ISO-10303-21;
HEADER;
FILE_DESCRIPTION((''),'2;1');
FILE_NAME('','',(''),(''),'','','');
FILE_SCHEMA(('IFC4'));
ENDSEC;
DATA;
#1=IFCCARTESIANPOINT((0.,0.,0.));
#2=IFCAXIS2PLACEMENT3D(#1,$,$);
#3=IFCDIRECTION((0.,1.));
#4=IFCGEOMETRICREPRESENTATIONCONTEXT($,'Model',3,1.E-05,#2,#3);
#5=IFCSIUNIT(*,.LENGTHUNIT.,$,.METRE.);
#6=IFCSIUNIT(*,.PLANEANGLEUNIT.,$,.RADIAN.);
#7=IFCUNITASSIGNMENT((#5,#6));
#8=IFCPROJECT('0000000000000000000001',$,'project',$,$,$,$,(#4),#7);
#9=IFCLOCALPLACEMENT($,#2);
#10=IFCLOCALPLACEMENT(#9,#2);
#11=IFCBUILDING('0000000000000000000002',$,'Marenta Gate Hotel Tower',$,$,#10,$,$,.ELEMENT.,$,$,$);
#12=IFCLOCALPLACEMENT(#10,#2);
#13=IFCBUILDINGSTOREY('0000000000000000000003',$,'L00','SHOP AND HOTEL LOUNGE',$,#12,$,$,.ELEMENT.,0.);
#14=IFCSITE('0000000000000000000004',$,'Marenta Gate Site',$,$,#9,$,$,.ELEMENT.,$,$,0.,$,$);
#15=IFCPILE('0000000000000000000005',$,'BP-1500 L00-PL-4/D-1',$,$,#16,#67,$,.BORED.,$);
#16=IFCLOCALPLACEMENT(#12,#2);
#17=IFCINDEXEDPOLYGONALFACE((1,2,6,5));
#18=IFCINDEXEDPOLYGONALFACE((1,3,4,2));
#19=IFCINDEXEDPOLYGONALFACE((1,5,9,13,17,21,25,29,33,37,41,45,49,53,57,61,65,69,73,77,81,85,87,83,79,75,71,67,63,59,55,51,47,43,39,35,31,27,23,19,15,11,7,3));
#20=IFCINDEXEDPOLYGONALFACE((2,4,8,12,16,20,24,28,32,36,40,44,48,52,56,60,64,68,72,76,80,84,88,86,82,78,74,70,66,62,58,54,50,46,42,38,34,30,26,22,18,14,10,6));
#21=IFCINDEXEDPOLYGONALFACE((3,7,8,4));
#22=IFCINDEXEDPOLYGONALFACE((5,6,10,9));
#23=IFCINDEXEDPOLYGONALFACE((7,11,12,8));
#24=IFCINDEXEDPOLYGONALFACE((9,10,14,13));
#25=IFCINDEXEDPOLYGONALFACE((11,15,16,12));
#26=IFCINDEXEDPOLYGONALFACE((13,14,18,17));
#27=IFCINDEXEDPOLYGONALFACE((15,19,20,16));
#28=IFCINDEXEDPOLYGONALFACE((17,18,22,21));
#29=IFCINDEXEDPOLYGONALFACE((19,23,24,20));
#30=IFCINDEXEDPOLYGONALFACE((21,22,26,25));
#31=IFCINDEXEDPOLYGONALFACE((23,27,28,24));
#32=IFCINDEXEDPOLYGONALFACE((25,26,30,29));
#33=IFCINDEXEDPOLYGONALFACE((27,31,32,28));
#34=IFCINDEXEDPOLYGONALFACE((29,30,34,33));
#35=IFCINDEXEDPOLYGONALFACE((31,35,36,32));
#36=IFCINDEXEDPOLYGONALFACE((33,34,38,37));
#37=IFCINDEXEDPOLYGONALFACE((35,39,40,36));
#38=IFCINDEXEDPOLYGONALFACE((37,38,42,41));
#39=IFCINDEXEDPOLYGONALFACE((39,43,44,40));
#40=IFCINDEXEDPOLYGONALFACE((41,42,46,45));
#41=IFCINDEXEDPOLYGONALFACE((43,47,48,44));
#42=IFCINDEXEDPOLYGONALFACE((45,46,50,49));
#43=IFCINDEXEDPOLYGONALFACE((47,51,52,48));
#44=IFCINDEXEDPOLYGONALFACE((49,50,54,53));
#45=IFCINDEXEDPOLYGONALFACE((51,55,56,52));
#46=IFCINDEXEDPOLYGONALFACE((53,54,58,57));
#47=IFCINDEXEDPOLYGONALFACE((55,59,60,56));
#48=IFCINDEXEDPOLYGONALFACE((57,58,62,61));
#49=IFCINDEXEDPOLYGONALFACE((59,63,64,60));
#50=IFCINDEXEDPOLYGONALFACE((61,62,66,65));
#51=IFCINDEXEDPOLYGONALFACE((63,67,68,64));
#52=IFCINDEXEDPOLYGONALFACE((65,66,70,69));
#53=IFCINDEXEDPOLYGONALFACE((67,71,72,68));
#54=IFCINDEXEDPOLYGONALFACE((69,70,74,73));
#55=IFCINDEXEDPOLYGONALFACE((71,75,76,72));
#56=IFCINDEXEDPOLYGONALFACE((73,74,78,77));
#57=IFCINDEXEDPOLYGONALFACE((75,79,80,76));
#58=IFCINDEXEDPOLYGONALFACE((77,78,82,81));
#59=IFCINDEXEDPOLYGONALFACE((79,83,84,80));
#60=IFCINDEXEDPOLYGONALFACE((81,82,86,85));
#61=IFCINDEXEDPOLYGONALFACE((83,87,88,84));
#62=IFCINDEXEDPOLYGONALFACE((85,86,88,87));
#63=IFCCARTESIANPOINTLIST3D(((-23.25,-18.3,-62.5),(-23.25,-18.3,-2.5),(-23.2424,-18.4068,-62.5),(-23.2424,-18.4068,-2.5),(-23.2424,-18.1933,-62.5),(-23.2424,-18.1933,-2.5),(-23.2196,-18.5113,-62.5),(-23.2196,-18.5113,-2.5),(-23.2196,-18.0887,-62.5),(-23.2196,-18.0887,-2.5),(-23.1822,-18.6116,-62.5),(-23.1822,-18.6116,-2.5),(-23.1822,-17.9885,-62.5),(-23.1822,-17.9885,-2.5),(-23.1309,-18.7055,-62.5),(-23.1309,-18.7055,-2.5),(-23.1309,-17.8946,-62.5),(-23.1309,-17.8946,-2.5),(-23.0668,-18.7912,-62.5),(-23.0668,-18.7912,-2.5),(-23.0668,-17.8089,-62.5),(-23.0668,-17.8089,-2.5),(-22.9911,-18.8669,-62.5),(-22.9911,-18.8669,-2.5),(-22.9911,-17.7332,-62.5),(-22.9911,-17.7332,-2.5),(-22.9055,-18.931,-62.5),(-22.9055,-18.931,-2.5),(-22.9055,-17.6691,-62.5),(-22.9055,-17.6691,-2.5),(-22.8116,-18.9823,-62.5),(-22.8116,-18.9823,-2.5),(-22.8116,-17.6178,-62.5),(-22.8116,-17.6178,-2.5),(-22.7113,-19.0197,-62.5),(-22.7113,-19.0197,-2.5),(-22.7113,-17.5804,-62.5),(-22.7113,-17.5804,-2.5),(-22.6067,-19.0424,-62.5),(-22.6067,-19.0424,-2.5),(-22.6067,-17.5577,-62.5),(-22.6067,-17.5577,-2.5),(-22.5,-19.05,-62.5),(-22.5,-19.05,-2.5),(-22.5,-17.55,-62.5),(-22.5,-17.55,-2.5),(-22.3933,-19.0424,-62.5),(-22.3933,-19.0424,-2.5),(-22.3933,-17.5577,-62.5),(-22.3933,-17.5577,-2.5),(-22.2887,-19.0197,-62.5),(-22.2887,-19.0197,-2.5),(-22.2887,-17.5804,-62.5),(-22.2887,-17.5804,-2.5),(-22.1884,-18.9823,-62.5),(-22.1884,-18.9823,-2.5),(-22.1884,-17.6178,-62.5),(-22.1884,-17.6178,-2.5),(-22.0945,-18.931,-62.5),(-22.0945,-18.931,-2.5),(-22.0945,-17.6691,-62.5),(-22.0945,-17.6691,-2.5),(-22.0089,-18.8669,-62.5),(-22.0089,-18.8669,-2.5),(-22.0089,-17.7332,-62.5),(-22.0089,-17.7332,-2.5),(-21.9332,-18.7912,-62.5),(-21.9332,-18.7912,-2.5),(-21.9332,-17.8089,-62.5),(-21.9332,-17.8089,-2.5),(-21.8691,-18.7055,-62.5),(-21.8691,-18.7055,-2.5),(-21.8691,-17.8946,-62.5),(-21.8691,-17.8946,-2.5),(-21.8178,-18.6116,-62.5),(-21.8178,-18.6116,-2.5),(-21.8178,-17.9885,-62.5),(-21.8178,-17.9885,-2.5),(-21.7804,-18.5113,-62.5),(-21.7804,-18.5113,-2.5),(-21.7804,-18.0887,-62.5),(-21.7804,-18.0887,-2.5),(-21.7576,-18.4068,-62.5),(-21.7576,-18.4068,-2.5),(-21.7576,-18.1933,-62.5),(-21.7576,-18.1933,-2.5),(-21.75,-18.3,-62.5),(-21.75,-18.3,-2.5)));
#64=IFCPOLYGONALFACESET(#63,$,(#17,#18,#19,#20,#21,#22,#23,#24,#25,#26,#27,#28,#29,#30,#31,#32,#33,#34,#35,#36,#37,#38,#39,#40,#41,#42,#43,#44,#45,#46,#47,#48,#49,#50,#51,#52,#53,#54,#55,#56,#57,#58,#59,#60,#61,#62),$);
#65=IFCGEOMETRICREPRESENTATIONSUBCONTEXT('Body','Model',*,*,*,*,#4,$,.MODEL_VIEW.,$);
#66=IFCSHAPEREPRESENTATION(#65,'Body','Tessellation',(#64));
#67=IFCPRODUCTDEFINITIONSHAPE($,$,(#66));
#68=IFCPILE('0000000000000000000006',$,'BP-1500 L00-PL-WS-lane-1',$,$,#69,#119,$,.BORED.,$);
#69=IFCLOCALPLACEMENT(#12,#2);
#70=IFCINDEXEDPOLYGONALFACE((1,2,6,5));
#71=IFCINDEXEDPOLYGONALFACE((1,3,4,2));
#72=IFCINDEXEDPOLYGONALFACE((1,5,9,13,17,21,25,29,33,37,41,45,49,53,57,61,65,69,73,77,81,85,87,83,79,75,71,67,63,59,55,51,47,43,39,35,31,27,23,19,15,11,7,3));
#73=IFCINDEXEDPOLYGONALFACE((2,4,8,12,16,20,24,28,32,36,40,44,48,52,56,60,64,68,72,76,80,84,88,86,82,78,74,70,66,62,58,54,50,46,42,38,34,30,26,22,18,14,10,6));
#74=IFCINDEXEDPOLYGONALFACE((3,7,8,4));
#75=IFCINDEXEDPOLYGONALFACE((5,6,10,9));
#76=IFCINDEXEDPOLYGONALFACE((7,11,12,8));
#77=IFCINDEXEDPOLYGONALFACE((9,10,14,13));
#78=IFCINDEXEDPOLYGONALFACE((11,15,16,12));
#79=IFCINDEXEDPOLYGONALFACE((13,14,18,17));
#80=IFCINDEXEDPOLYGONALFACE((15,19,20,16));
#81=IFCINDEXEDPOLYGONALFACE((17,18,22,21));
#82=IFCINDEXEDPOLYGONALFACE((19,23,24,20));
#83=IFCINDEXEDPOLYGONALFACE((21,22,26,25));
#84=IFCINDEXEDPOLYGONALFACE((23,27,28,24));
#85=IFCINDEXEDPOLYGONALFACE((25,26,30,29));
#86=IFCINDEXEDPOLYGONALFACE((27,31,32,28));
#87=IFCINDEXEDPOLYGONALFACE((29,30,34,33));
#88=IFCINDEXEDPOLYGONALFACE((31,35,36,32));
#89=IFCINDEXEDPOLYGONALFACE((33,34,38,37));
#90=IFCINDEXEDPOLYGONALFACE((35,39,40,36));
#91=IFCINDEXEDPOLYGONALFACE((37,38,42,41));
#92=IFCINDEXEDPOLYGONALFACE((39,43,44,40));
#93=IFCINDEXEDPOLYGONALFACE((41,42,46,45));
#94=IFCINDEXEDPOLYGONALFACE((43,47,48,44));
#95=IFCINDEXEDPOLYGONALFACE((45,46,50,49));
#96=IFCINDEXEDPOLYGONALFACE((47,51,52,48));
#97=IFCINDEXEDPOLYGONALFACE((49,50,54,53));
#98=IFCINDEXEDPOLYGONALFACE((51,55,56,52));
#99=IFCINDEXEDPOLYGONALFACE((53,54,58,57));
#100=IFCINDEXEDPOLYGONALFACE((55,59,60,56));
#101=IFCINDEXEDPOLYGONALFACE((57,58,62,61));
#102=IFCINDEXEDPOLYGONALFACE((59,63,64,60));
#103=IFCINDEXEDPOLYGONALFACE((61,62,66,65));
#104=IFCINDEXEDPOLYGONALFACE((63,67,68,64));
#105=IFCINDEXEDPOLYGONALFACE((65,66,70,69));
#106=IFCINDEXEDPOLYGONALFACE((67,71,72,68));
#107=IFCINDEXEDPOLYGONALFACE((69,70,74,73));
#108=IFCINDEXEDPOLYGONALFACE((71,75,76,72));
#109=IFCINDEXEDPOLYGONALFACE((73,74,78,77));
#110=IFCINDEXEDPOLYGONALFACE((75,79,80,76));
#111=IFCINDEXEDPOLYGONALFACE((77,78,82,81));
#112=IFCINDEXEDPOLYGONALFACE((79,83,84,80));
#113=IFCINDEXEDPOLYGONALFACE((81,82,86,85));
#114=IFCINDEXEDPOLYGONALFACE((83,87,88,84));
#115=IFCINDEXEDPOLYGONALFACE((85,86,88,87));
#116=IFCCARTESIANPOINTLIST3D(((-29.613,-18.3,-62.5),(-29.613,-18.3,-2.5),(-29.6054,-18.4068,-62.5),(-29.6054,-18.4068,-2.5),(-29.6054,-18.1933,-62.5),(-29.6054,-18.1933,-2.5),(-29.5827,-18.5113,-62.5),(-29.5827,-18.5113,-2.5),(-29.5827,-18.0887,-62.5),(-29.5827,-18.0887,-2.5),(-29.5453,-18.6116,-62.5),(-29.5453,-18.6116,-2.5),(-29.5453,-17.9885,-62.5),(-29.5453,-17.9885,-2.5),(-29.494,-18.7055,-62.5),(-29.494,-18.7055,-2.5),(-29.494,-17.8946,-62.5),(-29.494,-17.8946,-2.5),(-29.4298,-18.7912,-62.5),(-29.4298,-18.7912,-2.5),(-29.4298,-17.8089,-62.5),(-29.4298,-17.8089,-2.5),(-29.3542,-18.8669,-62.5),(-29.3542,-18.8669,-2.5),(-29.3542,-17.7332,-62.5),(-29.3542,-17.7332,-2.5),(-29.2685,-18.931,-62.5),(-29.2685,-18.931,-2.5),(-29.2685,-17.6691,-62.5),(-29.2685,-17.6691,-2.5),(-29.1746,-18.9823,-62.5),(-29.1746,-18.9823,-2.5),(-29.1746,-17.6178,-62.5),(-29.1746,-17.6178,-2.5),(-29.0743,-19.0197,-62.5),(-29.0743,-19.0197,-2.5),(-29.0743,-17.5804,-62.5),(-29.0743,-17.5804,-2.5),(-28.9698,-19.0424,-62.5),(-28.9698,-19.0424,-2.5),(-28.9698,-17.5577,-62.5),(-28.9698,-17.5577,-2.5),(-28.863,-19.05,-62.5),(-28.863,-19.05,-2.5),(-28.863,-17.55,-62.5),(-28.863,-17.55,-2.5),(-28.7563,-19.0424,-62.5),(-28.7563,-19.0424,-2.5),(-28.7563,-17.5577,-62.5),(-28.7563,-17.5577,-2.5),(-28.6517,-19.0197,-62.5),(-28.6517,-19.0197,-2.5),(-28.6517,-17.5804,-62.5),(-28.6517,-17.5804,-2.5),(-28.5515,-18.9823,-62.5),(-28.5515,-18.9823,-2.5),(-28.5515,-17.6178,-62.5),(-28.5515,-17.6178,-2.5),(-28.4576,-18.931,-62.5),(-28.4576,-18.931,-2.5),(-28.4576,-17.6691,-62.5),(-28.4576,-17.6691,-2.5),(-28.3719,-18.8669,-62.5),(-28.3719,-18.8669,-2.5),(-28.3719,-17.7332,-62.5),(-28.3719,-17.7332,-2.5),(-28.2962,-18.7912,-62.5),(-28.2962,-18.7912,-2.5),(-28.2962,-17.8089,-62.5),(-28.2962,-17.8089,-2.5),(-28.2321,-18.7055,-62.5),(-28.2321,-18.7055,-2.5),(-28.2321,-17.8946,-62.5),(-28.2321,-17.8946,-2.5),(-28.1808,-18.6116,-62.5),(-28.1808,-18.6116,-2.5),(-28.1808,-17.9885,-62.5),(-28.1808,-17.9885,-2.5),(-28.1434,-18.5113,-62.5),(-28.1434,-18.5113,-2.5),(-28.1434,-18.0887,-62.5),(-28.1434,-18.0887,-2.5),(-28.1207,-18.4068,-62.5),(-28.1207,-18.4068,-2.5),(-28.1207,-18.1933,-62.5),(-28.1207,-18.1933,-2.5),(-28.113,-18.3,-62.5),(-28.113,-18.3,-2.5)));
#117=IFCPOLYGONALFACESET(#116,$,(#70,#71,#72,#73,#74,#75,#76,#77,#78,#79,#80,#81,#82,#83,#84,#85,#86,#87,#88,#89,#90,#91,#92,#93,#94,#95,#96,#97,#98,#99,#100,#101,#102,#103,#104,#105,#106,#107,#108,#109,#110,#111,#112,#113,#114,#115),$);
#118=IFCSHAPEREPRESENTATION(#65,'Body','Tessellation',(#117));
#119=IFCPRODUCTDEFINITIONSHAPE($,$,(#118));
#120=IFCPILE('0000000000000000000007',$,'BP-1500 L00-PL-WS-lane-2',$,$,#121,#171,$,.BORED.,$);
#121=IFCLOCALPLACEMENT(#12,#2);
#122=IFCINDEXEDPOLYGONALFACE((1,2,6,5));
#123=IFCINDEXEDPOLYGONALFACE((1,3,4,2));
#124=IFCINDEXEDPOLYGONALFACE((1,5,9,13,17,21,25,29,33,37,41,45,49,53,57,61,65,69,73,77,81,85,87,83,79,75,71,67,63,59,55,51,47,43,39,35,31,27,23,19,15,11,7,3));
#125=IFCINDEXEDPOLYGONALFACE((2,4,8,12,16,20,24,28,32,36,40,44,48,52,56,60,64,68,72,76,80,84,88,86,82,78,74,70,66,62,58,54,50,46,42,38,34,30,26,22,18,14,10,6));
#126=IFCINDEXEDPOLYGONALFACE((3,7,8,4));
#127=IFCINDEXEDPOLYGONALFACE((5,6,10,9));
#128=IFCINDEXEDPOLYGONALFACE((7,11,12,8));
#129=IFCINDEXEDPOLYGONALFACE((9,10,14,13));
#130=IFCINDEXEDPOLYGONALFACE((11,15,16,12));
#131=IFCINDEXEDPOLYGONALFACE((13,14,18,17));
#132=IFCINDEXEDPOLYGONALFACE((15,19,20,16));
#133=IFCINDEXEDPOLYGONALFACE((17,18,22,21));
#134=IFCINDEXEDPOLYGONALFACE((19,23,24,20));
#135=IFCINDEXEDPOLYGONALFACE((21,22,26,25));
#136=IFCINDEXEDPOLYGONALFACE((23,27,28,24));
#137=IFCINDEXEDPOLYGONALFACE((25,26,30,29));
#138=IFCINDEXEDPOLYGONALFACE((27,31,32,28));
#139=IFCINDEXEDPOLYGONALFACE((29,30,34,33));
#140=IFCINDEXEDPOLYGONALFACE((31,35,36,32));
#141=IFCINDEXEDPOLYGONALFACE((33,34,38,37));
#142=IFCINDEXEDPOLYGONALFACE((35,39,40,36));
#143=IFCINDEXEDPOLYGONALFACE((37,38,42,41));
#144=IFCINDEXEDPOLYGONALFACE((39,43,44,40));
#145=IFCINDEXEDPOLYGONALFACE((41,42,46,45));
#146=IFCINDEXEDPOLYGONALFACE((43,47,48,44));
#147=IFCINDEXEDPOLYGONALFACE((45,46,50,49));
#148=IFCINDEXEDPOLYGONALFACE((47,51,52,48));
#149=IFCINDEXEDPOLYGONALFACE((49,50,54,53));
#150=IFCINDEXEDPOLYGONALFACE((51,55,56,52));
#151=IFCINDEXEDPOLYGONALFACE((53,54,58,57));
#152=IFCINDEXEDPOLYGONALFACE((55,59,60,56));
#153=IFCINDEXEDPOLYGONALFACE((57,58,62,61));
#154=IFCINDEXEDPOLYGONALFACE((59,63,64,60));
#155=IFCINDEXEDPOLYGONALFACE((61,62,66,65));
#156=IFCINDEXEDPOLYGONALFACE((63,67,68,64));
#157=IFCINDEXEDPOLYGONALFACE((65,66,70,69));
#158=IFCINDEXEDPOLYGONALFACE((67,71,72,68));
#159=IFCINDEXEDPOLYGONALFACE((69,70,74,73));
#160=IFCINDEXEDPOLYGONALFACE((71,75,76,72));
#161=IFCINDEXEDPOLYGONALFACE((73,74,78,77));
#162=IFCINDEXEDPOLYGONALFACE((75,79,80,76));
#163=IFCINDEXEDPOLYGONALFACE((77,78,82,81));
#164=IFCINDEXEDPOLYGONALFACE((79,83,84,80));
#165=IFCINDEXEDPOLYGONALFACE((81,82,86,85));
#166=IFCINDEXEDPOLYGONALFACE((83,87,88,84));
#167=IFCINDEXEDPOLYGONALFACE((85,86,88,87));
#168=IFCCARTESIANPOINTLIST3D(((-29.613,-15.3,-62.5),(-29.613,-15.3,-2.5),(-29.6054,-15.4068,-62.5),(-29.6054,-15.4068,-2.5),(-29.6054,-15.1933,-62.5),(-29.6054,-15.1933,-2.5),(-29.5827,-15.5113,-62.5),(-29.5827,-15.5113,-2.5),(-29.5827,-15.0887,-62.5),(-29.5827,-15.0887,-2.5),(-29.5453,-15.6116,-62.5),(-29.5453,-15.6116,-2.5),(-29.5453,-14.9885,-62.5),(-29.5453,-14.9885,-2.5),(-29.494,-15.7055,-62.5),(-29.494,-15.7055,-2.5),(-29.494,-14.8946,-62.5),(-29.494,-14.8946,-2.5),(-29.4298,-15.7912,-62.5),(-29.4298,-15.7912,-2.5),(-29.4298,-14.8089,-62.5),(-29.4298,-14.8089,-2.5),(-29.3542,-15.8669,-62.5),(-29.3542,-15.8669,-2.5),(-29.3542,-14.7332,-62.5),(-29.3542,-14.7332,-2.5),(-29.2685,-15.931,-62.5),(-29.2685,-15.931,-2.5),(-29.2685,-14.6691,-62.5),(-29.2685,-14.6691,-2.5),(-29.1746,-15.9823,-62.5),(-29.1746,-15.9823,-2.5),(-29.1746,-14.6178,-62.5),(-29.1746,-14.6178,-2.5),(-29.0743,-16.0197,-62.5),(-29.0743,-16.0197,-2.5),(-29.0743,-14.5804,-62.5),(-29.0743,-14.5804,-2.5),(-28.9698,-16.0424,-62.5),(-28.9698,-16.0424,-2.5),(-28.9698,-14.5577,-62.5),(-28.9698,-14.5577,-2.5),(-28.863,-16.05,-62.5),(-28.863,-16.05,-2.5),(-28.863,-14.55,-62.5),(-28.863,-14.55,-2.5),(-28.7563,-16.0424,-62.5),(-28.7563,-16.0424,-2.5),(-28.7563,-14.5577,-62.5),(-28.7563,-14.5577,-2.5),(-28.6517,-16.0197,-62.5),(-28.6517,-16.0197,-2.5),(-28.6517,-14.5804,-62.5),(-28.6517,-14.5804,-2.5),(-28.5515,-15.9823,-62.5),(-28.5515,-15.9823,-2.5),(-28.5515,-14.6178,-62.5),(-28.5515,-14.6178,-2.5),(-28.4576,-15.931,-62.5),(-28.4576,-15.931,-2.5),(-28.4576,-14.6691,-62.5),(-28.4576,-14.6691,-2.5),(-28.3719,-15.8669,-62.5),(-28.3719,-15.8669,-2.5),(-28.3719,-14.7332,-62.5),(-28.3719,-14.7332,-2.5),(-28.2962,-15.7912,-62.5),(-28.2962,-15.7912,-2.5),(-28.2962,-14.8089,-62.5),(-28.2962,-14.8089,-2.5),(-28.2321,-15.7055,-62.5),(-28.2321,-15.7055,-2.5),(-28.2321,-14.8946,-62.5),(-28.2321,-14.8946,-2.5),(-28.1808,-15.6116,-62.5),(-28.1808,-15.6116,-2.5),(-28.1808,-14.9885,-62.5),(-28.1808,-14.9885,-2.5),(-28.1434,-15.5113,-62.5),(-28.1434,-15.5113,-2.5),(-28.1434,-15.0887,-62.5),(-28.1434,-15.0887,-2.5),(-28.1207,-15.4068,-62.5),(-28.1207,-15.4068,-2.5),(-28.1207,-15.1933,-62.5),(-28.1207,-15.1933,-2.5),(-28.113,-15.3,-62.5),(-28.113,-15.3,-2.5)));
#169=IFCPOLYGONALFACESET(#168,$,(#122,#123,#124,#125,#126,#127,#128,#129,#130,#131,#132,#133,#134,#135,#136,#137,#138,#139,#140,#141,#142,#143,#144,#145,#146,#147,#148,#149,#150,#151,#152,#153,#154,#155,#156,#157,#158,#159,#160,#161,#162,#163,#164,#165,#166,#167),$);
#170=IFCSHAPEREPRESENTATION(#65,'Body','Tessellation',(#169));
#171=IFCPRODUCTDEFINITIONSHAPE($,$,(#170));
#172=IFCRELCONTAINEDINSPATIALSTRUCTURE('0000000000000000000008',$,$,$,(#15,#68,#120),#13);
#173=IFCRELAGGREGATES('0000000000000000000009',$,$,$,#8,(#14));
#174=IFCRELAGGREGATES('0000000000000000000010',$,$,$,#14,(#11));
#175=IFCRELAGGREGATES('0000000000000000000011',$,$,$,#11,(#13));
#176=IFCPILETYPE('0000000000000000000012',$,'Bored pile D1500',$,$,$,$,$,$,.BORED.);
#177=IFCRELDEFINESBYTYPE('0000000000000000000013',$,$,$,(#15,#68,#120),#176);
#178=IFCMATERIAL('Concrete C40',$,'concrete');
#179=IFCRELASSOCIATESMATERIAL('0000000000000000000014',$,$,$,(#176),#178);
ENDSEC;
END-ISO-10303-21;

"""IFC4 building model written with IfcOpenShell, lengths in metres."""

from ifc_helpers import new_model, si_unit, direction, frame, origin, origin_2d, place, context, subcontext, project, spatial, circle, extrude, material, type_object, element, save


model = new_model("IFC4")

# Units and contexts
model_context = context("Model", 3, precision=1e-05, world=origin(), true_north=direction((0.0, 1.0)))
body_context = subcontext(model_context, "Body", "Model", "MODEL_VIEW")
ifc_project = project(units=[si_unit("LENGTHUNIT", "METRE"), si_unit("PLANEANGLEUNIT", "RADIAN")], contexts=[model_context])

# Site, building, storey
site_placement = place(None, origin())
site = spatial("IfcSite", under=ifc_project, at=site_placement, Name="Marenta Gate Site", CompositionType="ELEMENT", RefElevation=0.0)
building_placement = place(site_placement, origin())
building = spatial("IfcBuilding", under=site, at=building_placement, Name="Marenta Gate Hotel Tower", CompositionType="ELEMENT")
storey_placement = place(building_placement, origin())
storey = spatial("IfcBuildingStorey", under=building, at=storey_placement, Name="L00", Description="SHOP AND HOTEL LOUNGE", CompositionType="ELEMENT", Elevation=0.0)

# Piles
ifc_material_1 = material(Name="Concrete C40", Category="concrete")
pile_type = type_object("IfcPileType", Name="Bored pile D1500", PredefinedType="BORED", material=ifc_material_1)
for number, where, z_axis, x_axis, name in (
    (1, (-22.5, -18.3, -2.5), (0.0, 0.0, -1.0), (1.0, 0.0, 0.0), "BP-1500 L00-PL-4/D-1"),
    (2, (-28.863, -18.3, -2.5), (0.0, 0.0, -1.0), (1.0, 0.0, 0.0), "BP-1500 L00-PL-WS-lane-1"),
    (3, (-28.863, -15.3, -2.5), (0.0, 0.0, -1.0), (1.0, 0.0, 0.0), "BP-1500 L00-PL-WS-lane-2"),
):
    element("IfcPile", number, at=place(storey_placement, frame(where, z_axis=z_axis, x_axis=x_axis)), inside=storey, type_object=pile_type, Name=name, PredefinedType="BORED", context=body_context, shape_type="SweptSolid", body=[
        extrude(circle(Radius=0.75, at=origin_2d()), origin(), (0.0, 0.0, 1.0), 60.0),
    ])

save(model, "model.ifc")
